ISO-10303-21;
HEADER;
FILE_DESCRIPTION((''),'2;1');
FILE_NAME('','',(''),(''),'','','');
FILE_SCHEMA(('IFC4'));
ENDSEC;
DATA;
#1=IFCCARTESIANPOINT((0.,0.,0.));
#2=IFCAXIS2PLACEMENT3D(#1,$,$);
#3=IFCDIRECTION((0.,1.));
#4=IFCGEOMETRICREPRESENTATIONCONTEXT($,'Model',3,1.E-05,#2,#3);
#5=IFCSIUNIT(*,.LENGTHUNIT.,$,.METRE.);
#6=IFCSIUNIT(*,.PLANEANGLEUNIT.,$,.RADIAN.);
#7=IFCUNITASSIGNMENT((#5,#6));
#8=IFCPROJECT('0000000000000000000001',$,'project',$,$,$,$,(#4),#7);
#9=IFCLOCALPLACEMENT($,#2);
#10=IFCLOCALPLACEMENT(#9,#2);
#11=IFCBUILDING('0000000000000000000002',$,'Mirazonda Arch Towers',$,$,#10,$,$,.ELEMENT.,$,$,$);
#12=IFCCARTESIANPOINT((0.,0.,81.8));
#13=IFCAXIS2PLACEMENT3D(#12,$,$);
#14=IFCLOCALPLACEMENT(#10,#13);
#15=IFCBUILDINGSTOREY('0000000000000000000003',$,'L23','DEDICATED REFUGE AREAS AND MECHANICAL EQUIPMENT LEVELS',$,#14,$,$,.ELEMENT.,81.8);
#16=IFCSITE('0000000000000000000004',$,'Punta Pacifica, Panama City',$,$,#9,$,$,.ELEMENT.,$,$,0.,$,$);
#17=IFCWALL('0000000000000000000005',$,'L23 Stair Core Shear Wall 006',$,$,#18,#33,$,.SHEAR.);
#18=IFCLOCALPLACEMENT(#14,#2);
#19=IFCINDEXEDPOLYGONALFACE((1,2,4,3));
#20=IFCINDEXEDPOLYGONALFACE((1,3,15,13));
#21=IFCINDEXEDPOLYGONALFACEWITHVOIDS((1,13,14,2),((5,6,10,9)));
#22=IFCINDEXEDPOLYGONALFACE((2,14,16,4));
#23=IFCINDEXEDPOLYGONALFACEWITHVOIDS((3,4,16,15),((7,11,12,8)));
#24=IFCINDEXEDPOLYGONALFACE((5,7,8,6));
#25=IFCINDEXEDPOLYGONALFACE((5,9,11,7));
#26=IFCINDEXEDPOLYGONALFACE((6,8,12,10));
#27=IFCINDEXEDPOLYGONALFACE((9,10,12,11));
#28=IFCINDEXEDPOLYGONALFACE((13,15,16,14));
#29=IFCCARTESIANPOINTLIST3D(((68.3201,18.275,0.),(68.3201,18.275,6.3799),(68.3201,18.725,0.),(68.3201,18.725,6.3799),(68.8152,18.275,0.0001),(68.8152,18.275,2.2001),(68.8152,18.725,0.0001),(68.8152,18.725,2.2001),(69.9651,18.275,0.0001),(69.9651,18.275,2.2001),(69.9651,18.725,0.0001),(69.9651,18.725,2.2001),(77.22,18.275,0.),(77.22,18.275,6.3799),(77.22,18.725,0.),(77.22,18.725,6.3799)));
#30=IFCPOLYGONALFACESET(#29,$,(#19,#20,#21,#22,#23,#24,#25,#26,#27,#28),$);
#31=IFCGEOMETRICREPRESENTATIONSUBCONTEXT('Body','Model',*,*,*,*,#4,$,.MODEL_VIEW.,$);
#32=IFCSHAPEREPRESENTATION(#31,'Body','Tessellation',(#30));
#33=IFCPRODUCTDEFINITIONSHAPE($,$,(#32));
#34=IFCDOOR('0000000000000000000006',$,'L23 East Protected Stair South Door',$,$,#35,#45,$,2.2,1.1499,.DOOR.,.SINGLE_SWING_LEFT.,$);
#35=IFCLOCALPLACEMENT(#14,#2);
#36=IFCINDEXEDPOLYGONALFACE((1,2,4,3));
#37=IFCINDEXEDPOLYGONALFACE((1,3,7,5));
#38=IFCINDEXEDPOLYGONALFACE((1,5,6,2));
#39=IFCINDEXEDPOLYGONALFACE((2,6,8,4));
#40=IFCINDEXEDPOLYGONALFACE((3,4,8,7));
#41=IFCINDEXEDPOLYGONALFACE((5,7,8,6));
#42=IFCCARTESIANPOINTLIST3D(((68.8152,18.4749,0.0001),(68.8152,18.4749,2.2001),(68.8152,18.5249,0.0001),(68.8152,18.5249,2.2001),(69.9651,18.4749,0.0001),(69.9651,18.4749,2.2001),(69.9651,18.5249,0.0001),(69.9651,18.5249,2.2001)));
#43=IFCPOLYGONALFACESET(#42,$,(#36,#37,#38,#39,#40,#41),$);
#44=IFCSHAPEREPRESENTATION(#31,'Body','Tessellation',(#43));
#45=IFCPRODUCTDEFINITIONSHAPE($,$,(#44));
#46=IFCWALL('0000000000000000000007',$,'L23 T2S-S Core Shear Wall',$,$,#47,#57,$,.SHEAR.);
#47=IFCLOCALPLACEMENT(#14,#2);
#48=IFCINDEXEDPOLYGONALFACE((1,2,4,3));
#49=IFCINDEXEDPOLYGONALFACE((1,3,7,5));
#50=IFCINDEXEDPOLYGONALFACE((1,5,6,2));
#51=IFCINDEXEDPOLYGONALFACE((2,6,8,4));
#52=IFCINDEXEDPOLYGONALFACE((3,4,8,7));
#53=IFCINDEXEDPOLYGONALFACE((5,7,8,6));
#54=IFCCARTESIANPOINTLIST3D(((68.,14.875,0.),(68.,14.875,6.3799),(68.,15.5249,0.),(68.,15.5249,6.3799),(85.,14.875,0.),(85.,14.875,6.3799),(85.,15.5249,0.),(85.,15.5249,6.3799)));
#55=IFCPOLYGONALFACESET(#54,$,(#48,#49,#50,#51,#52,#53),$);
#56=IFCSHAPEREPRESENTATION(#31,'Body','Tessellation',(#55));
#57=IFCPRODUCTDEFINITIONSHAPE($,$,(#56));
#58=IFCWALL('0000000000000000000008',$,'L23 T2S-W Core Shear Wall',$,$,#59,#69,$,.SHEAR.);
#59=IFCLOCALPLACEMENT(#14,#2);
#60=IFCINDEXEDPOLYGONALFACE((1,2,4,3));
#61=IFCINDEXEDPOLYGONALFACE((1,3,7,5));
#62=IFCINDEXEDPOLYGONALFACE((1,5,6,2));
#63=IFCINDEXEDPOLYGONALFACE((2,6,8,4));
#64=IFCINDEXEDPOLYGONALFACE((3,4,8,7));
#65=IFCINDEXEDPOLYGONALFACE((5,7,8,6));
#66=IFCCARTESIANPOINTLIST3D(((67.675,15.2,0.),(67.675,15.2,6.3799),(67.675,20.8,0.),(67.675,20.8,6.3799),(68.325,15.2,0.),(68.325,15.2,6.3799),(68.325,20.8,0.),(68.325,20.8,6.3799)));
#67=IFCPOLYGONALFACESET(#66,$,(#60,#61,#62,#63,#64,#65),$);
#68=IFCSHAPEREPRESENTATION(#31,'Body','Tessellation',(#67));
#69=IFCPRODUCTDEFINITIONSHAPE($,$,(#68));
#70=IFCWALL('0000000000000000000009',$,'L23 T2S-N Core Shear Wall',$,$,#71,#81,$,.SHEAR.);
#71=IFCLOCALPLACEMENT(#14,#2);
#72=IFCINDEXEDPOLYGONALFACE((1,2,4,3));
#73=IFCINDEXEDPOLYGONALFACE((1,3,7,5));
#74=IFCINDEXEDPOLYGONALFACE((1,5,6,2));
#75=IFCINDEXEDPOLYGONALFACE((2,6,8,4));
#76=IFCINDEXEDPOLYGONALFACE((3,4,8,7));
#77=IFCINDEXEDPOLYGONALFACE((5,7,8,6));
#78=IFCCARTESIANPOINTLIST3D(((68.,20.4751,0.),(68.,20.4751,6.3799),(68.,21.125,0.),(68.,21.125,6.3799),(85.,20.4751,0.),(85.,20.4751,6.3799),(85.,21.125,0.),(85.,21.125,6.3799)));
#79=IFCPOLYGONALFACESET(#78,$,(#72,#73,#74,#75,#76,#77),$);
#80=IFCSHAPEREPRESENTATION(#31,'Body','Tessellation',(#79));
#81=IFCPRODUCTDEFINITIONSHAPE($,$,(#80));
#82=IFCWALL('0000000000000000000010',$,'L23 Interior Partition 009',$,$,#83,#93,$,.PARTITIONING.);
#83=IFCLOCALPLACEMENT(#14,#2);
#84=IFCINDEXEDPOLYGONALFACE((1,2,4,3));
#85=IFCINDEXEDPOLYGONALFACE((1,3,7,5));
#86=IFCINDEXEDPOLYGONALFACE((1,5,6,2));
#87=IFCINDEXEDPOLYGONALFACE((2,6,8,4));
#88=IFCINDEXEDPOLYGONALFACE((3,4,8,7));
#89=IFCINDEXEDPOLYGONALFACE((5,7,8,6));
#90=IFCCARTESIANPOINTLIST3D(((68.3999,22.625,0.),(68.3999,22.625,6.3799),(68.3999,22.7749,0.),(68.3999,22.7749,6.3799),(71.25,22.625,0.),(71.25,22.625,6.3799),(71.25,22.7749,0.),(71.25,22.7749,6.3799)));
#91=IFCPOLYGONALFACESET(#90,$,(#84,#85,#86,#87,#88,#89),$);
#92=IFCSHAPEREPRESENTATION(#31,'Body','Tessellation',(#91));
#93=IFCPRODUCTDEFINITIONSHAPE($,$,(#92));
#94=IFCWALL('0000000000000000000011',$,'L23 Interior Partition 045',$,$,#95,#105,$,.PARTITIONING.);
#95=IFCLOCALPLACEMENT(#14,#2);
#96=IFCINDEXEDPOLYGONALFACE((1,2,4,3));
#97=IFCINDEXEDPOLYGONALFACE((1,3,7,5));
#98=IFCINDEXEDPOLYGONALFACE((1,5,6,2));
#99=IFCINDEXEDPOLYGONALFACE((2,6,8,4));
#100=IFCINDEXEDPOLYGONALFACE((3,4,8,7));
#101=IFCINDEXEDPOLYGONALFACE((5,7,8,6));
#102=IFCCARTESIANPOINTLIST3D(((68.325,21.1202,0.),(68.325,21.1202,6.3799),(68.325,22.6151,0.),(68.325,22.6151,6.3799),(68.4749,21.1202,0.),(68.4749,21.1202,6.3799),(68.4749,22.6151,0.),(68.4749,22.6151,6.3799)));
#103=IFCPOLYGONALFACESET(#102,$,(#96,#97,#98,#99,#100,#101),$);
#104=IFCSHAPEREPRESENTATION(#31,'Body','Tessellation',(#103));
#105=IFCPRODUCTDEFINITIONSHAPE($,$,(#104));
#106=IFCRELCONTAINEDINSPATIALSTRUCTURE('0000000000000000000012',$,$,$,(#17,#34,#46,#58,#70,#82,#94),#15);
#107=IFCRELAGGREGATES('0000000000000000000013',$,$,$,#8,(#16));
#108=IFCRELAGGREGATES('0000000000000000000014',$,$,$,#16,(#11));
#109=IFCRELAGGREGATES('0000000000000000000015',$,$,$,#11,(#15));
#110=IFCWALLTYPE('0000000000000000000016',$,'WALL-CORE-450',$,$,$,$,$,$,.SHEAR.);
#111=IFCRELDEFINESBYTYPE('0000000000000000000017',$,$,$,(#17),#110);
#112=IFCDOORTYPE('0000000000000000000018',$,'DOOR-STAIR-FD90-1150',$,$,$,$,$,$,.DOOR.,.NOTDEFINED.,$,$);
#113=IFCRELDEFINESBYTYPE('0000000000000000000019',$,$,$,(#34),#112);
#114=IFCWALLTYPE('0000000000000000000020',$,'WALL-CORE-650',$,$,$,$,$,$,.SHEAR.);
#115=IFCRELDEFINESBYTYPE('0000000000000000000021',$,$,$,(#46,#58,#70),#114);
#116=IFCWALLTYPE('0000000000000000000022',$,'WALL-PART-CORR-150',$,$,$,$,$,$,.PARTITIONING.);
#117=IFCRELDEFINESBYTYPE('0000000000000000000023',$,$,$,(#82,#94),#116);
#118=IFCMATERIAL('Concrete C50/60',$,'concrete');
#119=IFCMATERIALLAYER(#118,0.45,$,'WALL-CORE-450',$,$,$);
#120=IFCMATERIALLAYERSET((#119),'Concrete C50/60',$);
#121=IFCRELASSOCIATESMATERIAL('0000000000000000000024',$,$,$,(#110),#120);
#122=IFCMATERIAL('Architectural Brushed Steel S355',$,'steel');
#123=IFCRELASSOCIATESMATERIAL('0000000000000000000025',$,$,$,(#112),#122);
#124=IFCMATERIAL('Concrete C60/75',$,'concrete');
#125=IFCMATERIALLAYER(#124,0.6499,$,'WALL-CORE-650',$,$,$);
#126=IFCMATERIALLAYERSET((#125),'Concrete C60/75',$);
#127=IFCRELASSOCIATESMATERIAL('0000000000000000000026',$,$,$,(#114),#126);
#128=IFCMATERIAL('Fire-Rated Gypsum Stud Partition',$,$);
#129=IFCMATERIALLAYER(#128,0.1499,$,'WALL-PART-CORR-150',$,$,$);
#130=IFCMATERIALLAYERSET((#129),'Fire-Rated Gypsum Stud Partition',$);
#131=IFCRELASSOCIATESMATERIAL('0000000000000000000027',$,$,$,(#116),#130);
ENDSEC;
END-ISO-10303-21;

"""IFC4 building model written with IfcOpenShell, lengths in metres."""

from ifc_helpers import new_model, si_unit, direction, frame, frame_2d, origin, place, context, subcontext, project, spatial, rectangle, extrude, material, layer, layer_set, type_object, element, fill, save


model = new_model("IFC4")

# Units and contexts
model_context = context("Model", 3, precision=1e-05, world=origin(), true_north=direction((0.0, 1.0)))
body_context = subcontext(model_context, "Body", "Model", "MODEL_VIEW")
ifc_project = project(units=[si_unit("LENGTHUNIT", "METRE"), si_unit("PLANEANGLEUNIT", "RADIAN")], contexts=[model_context])

# Site, building, storey
site_placement = place(None, origin())
site = spatial("IfcSite", under=ifc_project, at=site_placement, Name="Punta Pacifica, Panama City", CompositionType="ELEMENT", RefElevation=0.0)
building_placement = place(site_placement, origin())
building = spatial("IfcBuilding", under=site, at=building_placement, Name="Mirazonda Arch Towers", CompositionType="ELEMENT")
storey_placement = place(building_placement, frame((0.0, 0.0, 81.8)))
storey = spatial("IfcBuildingStorey", under=building, at=storey_placement, Name="L23", Description="DEDICATED REFUGE AREAS AND MECHANICAL EQUIPMENT LEVELS", CompositionType="ELEMENT", Elevation=81.8)

# Shared definitions
ifc_material_1 = material(Name="Concrete C50/60", Category="concrete")
ifc_material_2 = material(Name="Concrete C60/75", Category="concrete")

# Wall, opening, door
ifc_layer_1 = layer(ifc_material_1, 0.45, Name="WALL-CORE-450")
ifc_layer_set_1 = layer_set([ifc_layer_1], Name="Concrete C50/60")
wall_type_1 = type_object("IfcWallType", Name="WALL-CORE-450", PredefinedType="SHEAR", material=ifc_layer_set_1)
wall_1_placement = place(storey_placement, frame((68.3201, 18.5, 0.0), z_axis=(0.0, 0.0, 1.0), x_axis=(1.0, 0.0, 0.0)))
wall_1 = element("IfcWall", 1, at=wall_1_placement, inside=storey, type_object=wall_type_1, Name="L23 Stair Core Shear Wall 006", PredefinedType="SHEAR", context=body_context, shape_type="SweptSolid", body=[
    extrude(rectangle(XDim=8.8999, YDim=0.45, at=frame_2d((4.45, 0.0))), origin(), (0.0, 0.0, 1.0), 6.3799),
])
opening_placement = place(wall_1_placement, frame((0.4951, 0.0, 0.0)))
opening = element("IfcOpeningElement", 2, at=opening_placement, cuts=wall_1, PredefinedType="OPENING", context=body_context, shape_type="SweptSolid", body=[
    extrude(rectangle(XDim=1.1499, YDim=2.2, at=frame_2d((0.575, 1.1001))), frame((0.0, 0.2349, 0.0), z_axis=(0.0, -1.0, 0.0), x_axis=(1.0, 0.0, 0.0)), (0.0, 0.0, 1.0), 0.47),
])
ifc_material_3 = material(Name="Architectural Brushed Steel S355", Category="steel")
door_type = type_object("IfcDoorType", Name="DOOR-STAIR-FD90-1150", OperationType="NOTDEFINED", PredefinedType="DOOR", material=ifc_material_3)
door_placement = place(opening_placement, origin())
door = element("IfcDoor", 3, at=door_placement, inside=storey, type_object=door_type, Name="L23 East Protected Stair South Door", OperationType="SINGLE_SWING_LEFT", OverallHeight=2.2, OverallWidth=1.1499, PredefinedType="DOOR", context=body_context, shape_type="SweptSolid", body=[
    extrude(rectangle(XDim=1.1499, YDim=2.2, at=frame_2d((0.575, 1.1001))), frame((0.0, 0.0249, 0.0), z_axis=(0.0, -1.0, 0.0), x_axis=(1.0, 0.0, 0.0)), (0.0, 0.0, 1.0), 0.05),
])
fill(opening, door)

# Walls
ifc_layer_2 = layer(ifc_material_2, 0.6499, Name="WALL-CORE-650")
ifc_layer_set_2 = layer_set([ifc_layer_2], Name="Concrete C60/75")
wall_type_2 = type_object("IfcWallType", Name="WALL-CORE-650", PredefinedType="SHEAR", material=ifc_layer_set_2)
wall_2_placement = place(storey_placement, frame((68.0, 15.2, 0.0), z_axis=(0.0, 0.0, 1.0), x_axis=(1.0, 0.0, 0.0)))
element("IfcWall", 4, at=wall_2_placement, inside=storey, type_object=wall_type_2, Name="L23 T2S-S Core Shear Wall", PredefinedType="SHEAR", context=body_context, shape_type="SweptSolid", body=[
    extrude(rectangle(XDim=17.0, YDim=0.6499, at=frame_2d((8.5, 0.0))), origin(), (0.0, 0.0, 1.0), 6.3799),
])
wall_3_placement = place(storey_placement, frame((68.0, 15.2, 0.0), z_axis=(0.0, 0.0, 1.0), x_axis=(0.0, 1.0, 0.0)))
element("IfcWall", 5, at=wall_3_placement, inside=storey, type_object=wall_type_2, Name="L23 T2S-W Core Shear Wall", PredefinedType="SHEAR", context=body_context, shape_type="SweptSolid", body=[
    extrude(rectangle(XDim=5.6001, YDim=0.6499, at=frame_2d((2.8, 0.0))), origin(), (0.0, 0.0, 1.0), 6.3799),
])
wall_4_placement = place(storey_placement, frame((68.0, 20.8, 0.0), z_axis=(0.0, 0.0, 1.0), x_axis=(1.0, 0.0, 0.0)))
element("IfcWall", 6, at=wall_4_placement, inside=storey, type_object=wall_type_2, Name="L23 T2S-N Core Shear Wall", PredefinedType="SHEAR", context=body_context, shape_type="SweptSolid", body=[
    extrude(rectangle(XDim=17.0, YDim=0.6499, at=frame_2d((8.5, 0.0))), origin(), (0.0, 0.0, 1.0), 6.3799),
])
ifc_material_4 = material(Name="Fire-Rated Gypsum Stud Partition")
ifc_layer_3 = layer(ifc_material_4, 0.1499, Name="WALL-PART-CORR-150")
ifc_layer_set_3 = layer_set([ifc_layer_3], Name="Fire-Rated Gypsum Stud Partition")
wall_type_3 = type_object("IfcWallType", Name="WALL-PART-CORR-150", PredefinedType="PARTITIONING", material=ifc_layer_set_3)
wall_5_placement = place(storey_placement, frame((68.3999, 22.7, 0.0), z_axis=(0.0, 0.0, 1.0), x_axis=(1.0, 0.0, 0.0)))
element("IfcWall", 7, at=wall_5_placement, inside=storey, type_object=wall_type_3, Name="L23 Interior Partition 009", PredefinedType="PARTITIONING", context=body_context, shape_type="SweptSolid", body=[
    extrude(rectangle(XDim=2.8501, YDim=0.1499, at=frame_2d((1.425, 0.0))), origin(), (0.0, 0.0, 1.0), 6.3799),
])
wall_6_placement = place(storey_placement, frame((68.3999, 21.1201, 0.0), z_axis=(0.0, 0.0, 1.0), x_axis=(0.0, 1.0, 0.0)))
element("IfcWall", 8, at=wall_6_placement, inside=storey, type_object=wall_type_3, Name="L23 Interior Partition 045", PredefinedType="PARTITIONING", context=body_context, shape_type="SweptSolid", body=[
    extrude(rectangle(XDim=1.4949, YDim=0.1499, at=frame_2d((0.7476, 0.0))), origin(), (0.0, 0.0, 1.0), 6.3799),
])

save(model, "model.ifc")
